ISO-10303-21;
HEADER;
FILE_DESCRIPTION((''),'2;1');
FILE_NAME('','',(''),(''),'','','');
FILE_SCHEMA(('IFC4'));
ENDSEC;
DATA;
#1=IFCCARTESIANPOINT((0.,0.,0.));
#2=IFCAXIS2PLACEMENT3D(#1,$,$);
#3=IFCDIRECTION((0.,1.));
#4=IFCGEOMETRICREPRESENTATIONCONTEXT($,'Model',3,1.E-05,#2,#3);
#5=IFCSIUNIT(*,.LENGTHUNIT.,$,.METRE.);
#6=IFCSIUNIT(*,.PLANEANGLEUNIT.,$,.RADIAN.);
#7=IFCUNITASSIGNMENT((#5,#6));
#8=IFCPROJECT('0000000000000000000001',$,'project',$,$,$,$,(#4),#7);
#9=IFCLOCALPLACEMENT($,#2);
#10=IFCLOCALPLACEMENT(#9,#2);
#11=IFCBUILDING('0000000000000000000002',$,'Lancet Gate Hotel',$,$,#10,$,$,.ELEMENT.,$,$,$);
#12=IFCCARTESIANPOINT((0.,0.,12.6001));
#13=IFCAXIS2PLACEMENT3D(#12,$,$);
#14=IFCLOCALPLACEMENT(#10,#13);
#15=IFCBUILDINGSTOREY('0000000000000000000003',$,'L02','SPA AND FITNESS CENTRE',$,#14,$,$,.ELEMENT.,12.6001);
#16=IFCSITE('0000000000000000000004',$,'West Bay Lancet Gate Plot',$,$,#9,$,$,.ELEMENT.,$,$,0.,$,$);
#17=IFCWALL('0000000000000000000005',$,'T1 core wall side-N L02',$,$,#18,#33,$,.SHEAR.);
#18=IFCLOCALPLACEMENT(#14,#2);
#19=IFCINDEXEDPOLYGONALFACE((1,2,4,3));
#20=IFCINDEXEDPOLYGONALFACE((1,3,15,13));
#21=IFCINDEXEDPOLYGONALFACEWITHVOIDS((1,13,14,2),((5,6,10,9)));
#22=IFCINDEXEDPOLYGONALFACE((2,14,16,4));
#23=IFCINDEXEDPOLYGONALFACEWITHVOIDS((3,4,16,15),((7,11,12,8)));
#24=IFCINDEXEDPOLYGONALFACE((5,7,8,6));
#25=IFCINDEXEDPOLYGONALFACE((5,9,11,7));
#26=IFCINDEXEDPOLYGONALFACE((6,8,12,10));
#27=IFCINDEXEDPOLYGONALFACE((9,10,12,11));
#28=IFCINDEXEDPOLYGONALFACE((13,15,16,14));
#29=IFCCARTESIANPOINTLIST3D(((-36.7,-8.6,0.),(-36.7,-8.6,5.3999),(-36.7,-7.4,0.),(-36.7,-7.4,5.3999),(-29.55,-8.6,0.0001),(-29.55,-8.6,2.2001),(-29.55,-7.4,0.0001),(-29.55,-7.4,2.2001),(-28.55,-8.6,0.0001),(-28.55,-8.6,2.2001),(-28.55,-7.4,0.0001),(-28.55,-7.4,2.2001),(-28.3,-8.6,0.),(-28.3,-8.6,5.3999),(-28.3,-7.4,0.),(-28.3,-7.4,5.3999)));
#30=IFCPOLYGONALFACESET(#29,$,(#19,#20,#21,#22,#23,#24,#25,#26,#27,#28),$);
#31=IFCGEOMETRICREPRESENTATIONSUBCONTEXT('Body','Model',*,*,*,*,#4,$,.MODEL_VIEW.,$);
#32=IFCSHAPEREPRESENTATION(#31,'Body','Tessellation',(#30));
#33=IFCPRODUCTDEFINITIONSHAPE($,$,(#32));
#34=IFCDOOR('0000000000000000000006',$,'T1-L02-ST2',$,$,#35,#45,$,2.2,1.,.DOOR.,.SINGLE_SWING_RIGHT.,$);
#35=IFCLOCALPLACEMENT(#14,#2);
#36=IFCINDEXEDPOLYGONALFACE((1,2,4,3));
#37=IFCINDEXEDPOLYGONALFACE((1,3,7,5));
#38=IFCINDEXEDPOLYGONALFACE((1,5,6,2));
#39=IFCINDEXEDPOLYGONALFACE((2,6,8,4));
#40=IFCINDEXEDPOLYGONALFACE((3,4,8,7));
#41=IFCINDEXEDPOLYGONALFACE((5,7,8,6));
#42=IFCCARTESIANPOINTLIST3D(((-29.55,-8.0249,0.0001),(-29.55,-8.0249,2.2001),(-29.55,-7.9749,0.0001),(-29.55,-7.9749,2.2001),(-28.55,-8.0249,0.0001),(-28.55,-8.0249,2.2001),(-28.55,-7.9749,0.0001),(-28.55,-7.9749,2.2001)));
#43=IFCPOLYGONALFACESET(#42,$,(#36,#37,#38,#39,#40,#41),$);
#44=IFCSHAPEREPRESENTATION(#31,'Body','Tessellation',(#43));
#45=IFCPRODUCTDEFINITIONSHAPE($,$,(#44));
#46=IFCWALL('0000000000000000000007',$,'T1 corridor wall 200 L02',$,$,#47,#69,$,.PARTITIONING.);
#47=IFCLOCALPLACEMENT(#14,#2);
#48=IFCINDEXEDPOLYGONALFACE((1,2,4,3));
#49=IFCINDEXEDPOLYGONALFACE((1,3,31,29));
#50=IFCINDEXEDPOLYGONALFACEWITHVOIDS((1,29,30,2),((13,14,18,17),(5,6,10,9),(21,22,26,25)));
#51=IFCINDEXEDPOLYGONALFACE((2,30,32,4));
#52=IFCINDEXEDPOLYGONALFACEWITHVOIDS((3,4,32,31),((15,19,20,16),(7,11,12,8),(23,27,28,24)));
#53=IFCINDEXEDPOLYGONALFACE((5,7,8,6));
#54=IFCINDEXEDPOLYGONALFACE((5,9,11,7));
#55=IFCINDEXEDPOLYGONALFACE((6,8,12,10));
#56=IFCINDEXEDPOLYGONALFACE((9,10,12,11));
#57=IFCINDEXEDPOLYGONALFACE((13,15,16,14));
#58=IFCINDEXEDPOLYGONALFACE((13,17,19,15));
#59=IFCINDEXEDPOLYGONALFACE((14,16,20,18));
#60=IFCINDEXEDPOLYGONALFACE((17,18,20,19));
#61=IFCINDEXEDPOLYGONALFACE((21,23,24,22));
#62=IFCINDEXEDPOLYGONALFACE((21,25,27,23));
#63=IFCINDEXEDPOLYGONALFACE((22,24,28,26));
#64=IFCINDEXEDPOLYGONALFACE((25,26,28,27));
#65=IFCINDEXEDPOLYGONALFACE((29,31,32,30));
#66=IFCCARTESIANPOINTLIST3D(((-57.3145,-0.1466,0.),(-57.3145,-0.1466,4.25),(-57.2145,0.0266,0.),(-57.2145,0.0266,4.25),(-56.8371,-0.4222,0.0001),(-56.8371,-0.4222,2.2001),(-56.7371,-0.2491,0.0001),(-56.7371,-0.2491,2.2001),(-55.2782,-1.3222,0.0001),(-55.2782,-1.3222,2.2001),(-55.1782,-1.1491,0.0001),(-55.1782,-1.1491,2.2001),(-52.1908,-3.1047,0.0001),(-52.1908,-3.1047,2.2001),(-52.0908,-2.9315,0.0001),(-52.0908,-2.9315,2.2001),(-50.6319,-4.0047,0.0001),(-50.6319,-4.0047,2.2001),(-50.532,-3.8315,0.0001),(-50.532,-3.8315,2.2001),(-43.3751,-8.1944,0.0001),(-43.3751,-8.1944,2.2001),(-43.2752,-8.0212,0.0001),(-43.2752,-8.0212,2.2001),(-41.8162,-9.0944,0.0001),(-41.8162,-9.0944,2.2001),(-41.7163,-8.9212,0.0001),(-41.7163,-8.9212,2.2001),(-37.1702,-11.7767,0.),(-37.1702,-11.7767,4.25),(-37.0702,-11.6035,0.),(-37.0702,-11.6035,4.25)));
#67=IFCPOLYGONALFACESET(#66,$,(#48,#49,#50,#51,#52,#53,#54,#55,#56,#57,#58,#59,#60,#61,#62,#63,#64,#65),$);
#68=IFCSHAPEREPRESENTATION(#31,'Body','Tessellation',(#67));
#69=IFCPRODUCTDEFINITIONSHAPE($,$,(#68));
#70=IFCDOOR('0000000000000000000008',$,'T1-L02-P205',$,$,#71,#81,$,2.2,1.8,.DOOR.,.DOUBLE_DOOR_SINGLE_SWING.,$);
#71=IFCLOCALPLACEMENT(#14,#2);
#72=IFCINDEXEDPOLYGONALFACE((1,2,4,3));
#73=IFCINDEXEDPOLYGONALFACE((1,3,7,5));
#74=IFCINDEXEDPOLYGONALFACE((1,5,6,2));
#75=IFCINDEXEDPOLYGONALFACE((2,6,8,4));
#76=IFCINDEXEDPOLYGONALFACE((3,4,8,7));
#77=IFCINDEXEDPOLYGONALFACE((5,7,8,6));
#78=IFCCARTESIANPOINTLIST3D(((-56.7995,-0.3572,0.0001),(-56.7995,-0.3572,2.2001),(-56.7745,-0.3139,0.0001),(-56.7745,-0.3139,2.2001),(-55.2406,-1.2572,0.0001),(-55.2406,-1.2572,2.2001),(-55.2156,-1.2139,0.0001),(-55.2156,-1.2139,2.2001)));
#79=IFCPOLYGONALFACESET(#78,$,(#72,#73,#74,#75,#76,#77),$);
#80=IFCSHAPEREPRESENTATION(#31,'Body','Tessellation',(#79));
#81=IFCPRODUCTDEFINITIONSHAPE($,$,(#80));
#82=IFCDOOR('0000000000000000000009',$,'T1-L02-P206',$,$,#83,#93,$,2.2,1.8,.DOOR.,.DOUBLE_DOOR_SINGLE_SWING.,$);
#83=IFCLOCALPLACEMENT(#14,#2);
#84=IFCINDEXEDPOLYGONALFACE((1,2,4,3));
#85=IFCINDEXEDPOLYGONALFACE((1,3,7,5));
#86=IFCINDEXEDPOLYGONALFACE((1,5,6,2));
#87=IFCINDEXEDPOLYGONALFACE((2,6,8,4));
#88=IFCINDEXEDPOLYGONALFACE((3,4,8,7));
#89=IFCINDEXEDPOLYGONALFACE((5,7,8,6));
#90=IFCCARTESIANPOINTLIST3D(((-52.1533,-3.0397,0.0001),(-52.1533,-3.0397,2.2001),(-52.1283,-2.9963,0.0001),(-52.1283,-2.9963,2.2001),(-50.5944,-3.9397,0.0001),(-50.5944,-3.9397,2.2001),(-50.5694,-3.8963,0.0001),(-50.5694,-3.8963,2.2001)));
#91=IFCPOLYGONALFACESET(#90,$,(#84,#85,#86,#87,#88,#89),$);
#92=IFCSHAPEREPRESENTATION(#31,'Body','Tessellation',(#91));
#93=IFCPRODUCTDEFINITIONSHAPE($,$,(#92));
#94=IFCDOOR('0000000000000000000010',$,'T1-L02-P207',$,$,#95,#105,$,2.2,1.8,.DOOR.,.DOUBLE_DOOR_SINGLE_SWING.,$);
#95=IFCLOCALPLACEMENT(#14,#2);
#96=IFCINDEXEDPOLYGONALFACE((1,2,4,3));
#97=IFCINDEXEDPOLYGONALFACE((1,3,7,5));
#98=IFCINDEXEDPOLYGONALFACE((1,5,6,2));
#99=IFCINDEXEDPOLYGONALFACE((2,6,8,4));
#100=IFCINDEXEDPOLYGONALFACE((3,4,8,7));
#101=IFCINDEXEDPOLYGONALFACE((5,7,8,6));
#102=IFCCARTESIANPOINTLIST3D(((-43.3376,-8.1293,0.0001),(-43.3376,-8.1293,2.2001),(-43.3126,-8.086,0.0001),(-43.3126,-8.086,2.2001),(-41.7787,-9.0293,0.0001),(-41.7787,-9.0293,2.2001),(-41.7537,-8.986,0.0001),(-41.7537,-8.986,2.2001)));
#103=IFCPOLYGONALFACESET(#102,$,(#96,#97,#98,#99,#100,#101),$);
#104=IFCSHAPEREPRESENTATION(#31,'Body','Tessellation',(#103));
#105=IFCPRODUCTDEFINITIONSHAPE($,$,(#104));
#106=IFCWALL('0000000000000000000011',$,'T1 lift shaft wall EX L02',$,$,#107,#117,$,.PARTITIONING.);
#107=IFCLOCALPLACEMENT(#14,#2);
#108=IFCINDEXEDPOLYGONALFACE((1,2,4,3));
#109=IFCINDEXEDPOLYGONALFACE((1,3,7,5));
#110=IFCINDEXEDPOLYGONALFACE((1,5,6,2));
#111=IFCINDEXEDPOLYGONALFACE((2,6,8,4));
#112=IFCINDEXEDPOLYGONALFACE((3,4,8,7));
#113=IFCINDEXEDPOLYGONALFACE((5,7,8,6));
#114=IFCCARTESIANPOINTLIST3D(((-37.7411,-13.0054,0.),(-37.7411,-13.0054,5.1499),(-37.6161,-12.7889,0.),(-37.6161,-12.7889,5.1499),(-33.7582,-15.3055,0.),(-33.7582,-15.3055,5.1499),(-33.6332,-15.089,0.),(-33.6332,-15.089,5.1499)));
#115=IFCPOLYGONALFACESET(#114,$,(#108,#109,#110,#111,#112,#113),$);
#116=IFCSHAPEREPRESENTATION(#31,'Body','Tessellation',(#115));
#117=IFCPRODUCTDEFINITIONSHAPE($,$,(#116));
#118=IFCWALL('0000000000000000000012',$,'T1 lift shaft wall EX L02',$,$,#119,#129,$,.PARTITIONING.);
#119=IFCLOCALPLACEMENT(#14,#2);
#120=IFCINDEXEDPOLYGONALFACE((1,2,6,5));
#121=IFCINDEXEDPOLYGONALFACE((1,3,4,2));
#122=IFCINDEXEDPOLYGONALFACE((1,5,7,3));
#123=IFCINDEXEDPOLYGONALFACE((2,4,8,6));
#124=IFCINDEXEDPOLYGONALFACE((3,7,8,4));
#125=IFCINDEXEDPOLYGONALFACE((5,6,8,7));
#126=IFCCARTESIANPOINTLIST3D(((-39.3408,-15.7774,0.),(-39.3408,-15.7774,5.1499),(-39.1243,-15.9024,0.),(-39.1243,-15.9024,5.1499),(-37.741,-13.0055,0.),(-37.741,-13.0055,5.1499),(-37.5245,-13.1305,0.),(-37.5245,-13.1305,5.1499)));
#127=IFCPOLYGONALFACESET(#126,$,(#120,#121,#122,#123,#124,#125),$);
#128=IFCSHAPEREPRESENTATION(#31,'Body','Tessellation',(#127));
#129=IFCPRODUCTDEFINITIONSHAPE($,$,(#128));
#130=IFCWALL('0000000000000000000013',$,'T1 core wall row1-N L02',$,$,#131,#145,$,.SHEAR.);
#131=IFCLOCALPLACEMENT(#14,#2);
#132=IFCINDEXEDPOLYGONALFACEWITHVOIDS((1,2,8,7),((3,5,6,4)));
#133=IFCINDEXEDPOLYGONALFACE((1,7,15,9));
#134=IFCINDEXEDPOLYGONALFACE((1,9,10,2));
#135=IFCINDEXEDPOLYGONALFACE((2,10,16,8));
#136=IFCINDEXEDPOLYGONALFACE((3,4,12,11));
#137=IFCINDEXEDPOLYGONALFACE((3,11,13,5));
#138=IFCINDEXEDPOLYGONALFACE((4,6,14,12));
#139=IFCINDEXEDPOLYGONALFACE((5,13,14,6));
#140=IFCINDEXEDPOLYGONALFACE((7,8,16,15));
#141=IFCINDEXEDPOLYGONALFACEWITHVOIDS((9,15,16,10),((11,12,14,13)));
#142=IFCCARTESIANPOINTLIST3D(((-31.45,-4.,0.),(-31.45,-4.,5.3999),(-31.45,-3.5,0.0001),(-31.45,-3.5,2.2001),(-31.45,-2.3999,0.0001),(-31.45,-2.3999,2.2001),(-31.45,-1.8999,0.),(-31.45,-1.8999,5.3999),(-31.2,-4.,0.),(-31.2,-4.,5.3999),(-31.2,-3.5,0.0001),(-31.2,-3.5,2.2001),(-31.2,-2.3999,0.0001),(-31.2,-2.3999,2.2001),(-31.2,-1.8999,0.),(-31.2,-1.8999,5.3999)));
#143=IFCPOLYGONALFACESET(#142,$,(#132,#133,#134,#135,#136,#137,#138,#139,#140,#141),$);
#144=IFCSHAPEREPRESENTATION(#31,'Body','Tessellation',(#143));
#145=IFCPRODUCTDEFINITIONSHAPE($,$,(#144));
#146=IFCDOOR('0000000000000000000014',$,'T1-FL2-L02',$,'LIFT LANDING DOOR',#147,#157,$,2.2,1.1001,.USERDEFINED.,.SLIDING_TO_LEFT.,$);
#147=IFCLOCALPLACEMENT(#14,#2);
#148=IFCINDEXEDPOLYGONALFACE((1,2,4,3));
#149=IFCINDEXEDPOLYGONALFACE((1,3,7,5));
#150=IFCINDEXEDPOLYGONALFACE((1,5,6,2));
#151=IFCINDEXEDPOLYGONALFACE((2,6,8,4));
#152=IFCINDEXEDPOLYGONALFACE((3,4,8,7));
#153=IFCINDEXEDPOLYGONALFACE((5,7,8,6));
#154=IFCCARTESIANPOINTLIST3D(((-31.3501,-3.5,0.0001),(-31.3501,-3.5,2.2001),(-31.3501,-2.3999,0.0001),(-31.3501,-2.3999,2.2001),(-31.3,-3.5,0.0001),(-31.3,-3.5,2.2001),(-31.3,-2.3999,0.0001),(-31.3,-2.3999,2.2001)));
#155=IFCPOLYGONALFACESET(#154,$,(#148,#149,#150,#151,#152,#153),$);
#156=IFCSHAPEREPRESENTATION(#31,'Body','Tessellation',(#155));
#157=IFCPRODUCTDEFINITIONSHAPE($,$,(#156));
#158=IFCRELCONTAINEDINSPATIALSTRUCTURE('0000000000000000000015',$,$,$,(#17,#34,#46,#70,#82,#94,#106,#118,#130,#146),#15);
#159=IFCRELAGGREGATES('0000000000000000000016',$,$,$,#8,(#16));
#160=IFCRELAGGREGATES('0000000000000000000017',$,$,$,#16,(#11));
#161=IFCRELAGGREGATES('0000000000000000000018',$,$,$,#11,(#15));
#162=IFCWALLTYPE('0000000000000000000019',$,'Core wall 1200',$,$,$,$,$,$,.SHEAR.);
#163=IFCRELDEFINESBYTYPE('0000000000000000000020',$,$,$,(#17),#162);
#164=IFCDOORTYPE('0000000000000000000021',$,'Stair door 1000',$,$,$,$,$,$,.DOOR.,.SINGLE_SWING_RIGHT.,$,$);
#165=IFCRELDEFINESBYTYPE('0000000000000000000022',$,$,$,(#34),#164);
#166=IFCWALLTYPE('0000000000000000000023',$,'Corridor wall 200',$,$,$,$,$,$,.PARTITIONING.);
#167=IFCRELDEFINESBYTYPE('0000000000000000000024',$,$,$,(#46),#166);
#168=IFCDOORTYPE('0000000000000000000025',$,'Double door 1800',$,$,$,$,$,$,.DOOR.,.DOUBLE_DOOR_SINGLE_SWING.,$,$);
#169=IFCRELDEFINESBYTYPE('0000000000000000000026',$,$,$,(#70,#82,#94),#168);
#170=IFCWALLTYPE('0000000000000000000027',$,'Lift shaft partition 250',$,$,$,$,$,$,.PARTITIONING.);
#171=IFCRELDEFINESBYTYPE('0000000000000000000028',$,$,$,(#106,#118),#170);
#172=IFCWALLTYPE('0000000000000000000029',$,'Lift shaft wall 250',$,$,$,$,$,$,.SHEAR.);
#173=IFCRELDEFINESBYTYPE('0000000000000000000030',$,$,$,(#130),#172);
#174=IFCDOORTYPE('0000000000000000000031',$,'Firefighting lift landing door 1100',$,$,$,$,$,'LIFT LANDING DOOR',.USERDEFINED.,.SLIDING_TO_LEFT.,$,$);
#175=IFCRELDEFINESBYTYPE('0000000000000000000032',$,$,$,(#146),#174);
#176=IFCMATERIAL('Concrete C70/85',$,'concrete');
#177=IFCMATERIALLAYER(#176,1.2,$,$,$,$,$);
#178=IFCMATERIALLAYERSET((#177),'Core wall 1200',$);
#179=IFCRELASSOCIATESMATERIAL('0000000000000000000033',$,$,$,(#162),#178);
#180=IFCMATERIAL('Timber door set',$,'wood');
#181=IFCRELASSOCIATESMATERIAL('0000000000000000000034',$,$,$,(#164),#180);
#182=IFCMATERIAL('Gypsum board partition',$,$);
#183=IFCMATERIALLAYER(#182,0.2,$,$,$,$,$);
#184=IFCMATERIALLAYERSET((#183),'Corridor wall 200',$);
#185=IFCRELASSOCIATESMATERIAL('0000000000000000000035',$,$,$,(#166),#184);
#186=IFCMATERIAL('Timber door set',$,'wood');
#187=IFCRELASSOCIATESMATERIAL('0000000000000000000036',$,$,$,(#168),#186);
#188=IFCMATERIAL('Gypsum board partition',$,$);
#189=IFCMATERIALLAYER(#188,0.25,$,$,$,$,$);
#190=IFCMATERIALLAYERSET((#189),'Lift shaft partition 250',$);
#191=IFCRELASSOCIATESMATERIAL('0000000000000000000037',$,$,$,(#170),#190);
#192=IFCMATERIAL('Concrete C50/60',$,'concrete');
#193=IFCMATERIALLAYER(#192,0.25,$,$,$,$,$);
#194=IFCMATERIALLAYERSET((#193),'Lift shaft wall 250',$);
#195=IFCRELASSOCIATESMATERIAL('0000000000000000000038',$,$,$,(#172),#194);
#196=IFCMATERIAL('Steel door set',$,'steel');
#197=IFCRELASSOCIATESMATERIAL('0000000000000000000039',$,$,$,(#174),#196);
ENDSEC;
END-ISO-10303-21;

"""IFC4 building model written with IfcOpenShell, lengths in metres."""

from ifc_helpers import new_model, si_unit, direction, frame, frame_2d, origin, place, context, subcontext, project, spatial, rectangle, extrude, material, layer, layer_set, type_object, element, fill, save


model = new_model("IFC4")

# Units and contexts
model_context = context("Model", 3, precision=1e-05, world=origin(), true_north=direction((0.0, 1.0)))
body_context = subcontext(model_context, "Body", "Model", "MODEL_VIEW")
ifc_project = project(units=[si_unit("LENGTHUNIT", "METRE"), si_unit("PLANEANGLEUNIT", "RADIAN")], contexts=[model_context])

# Site, building, storey
site_placement = place(None, origin())
site = spatial("IfcSite", under=ifc_project, at=site_placement, Name="West Bay Lancet Gate Plot", CompositionType="ELEMENT", RefElevation=0.0)
building_placement = place(site_placement, origin())
building = spatial("IfcBuilding", under=site, at=building_placement, Name="Lancet Gate Hotel", CompositionType="ELEMENT")
storey_placement = place(building_placement, frame((0.0, 0.0, 12.6001)))
storey = spatial("IfcBuildingStorey", under=building, at=storey_placement, Name="L02", Description="SPA AND FITNESS CENTRE", CompositionType="ELEMENT", Elevation=12.6001)

# Wall, opening, door
ifc_material_1 = material(Name="Concrete C70/85", Category="concrete")
ifc_layer_1 = layer(ifc_material_1, 1.2)
ifc_layer_set_1 = layer_set([ifc_layer_1], Name="Core wall 1200")
wall_type_1 = type_object("IfcWallType", Name="Core wall 1200", PredefinedType="SHEAR", material=ifc_layer_set_1)
wall_1_placement = place(storey_placement, frame((-28.3, -8.0, 0.0), z_axis=(0.0, 0.0, 1.0), x_axis=(-1.0, 0.0, 0.0)))
wall_1 = element("IfcWall", 1, at=wall_1_placement, inside=storey, type_object=wall_type_1, Name="T1 core wall side-N L02", PredefinedType="SHEAR", context=body_context, shape_type="SweptSolid", body=[
    extrude(rectangle(XDim=8.3999, YDim=1.2, at=frame_2d((4.2, 0.0))), origin(), (0.0, 0.0, 1.0), 5.3999),
])
opening_1_placement = place(wall_1_placement, frame((0.25, 0.0, 0.0)))
opening_1 = element("IfcOpeningElement", 2, at=opening_1_placement, cuts=wall_1, PredefinedType="OPENING", context=body_context, shape_type="SweptSolid", body=[
    extrude(rectangle(XDim=1.0, YDim=2.2, at=frame_2d((0.5, 1.1001))), frame((0.0, 0.6099, 0.0), z_axis=(0.0, -1.0, 0.0), x_axis=(1.0, 0.0, 0.0)), (0.0, 0.0, 1.0), 1.22),
])
ifc_material_2 = material(Name="Timber door set", Category="wood")
door_type_1 = type_object("IfcDoorType", Name="Stair door 1000", OperationType="SINGLE_SWING_RIGHT", PredefinedType="DOOR", material=ifc_material_2)
door_1_placement = place(opening_1_placement, origin())
door_1 = element("IfcDoor", 3, at=door_1_placement, inside=storey, type_object=door_type_1, Name="T1-L02-ST2", OperationType="SINGLE_SWING_RIGHT", OverallHeight=2.2, OverallWidth=1.0, PredefinedType="DOOR", context=body_context, shape_type="SweptSolid", body=[
    extrude(rectangle(XDim=1.0, YDim=2.2, at=frame_2d((0.5, 1.1001))), frame((0.0, 0.0249, 0.0), z_axis=(0.0, -1.0, 0.0), x_axis=(1.0, 0.0, 0.0)), (0.0, 0.0, 1.0), 0.05),
])
fill(opening_1, door_1)

# Wall, openings, doors
ifc_material_3 = material(Name="Gypsum board partition")
ifc_layer_2 = layer(ifc_material_3, 0.2)
ifc_layer_set_2 = layer_set([ifc_layer_2], Name="Corridor wall 200")
wall_type_2 = type_object("IfcWallType", Name="Corridor wall 200", PredefinedType="PARTITIONING", material=ifc_layer_set_2)
wall_2_placement = place(storey_placement, frame((-37.1201, -11.6902, 0.0), z_axis=(0.0, 0.0, 1.0), x_axis=(-0.866029, 0.499994, 0.0)))
wall_2 = element("IfcWall", 4, at=wall_2_placement, inside=storey, type_object=wall_type_2, Name="T1 corridor wall 200 L02", PredefinedType="PARTITIONING", context=body_context, shape_type="SweptSolid", body=[
    extrude(rectangle(XDim=23.2605, YDim=0.2, at=frame_2d((11.6304, 0.0))), origin(), (0.0, 0.0, 1.0), 4.25),
])
opening_2_placement = place(wall_2_placement, frame((20.9094, 0.0, 0.0)))
opening_2 = element("IfcOpeningElement", 5, at=opening_2_placement, cuts=wall_2, PredefinedType="OPENING", context=body_context, shape_type="SweptSolid", body=[
    extrude(rectangle(XDim=1.8, YDim=2.2, at=frame_2d((0.8999, 1.1001))), frame((0.0, 0.1099, 0.0), z_axis=(0.0, -1.0, 0.0), x_axis=(1.0, 0.0, 0.0)), (0.0, 0.0, 1.0), 0.22),
])
opening_3_placement = place(wall_2_placement, frame((15.5444, 0.0, 0.0)))
opening_3 = element("IfcOpeningElement", 6, at=opening_3_placement, cuts=wall_2, PredefinedType="OPENING", context=body_context, shape_type="SweptSolid", body=[
    extrude(rectangle(XDim=1.8, YDim=2.2, at=frame_2d((0.8999, 1.1001))), frame((0.0, 0.1099, 0.0), z_axis=(0.0, -1.0, 0.0), x_axis=(1.0, 0.0, 0.0)), (0.0, 0.0, 1.0), 0.22),
])
opening_4_placement = place(wall_2_placement, frame((5.365, 0.0, 0.0)))
opening_4 = element("IfcOpeningElement", 7, at=opening_4_placement, cuts=wall_2, PredefinedType="OPENING", context=body_context, shape_type="SweptSolid", body=[
    extrude(rectangle(XDim=1.8, YDim=2.2, at=frame_2d((0.8999, 1.1001))), frame((0.0, 0.1099, 0.0), z_axis=(0.0, -1.0, 0.0), x_axis=(1.0, 0.0, 0.0)), (0.0, 0.0, 1.0), 0.22),
])
ifc_material_4 = material(Name="Timber door set", Category="wood")
door_type_2 = type_object("IfcDoorType", Name="Double door 1800", OperationType="DOUBLE_DOOR_SINGLE_SWING", PredefinedType="DOOR", material=ifc_material_4)
door_2_placement = place(opening_2_placement, origin())
door_2 = element("IfcDoor", 8, at=door_2_placement, inside=storey, type_object=door_type_2, Name="T1-L02-P205", OperationType="DOUBLE_DOOR_SINGLE_SWING", OverallHeight=2.2, OverallWidth=1.8, PredefinedType="DOOR", context=body_context, shape_type="SweptSolid", body=[
    extrude(rectangle(XDim=1.8, YDim=2.2, at=frame_2d((0.8999, 1.1001))), frame((0.0, 0.0249, 0.0), z_axis=(0.0, -1.0, 0.0), x_axis=(1.0, 0.0, 0.0)), (0.0, 0.0, 1.0), 0.05),
])
fill(opening_2, door_2)
door_3_placement = place(opening_3_placement, origin())
door_3 = element("IfcDoor", 9, at=door_3_placement, inside=storey, type_object=door_type_2, Name="T1-L02-P206", OperationType="DOUBLE_DOOR_SINGLE_SWING", OverallHeight=2.2, OverallWidth=1.8, PredefinedType="DOOR", context=body_context, shape_type="SweptSolid", body=[
    extrude(rectangle(XDim=1.8, YDim=2.2, at=frame_2d((0.8999, 1.1001))), frame((0.0, 0.0249, 0.0), z_axis=(0.0, -1.0, 0.0), x_axis=(1.0, 0.0, 0.0)), (0.0, 0.0, 1.0), 0.05),
])
fill(opening_3, door_3)
door_4_placement = place(opening_4_placement, origin())
door_4 = element("IfcDoor", 10, at=door_4_placement, inside=storey, type_object=door_type_2, Name="T1-L02-P207", OperationType="DOUBLE_DOOR_SINGLE_SWING", OverallHeight=2.2, OverallWidth=1.8, PredefinedType="DOOR", context=body_context, shape_type="SweptSolid", body=[
    extrude(rectangle(XDim=1.8, YDim=2.2, at=frame_2d((0.8999, 1.1001))), frame((0.0, 0.0249, 0.0), z_axis=(0.0, -1.0, 0.0), x_axis=(1.0, 0.0, 0.0)), (0.0, 0.0, 1.0), 0.05),
])
fill(opening_4, door_4)

# Walls
ifc_material_5 = material(Name="Gypsum board partition")
ifc_layer_3 = layer(ifc_material_5, 0.25)
ifc_layer_set_3 = layer_set([ifc_layer_3], Name="Lift shaft partition 250")
wall_type_3 = type_object("IfcWallType", Name="Lift shaft partition 250", PredefinedType="PARTITIONING", material=ifc_layer_set_3)
wall_3_placement = place(storey_placement, frame((-33.6956, -15.1973, 0.0), z_axis=(0.0, 0.0, 1.0), x_axis=(-0.865977, 0.500084, 0.0)))
element("IfcWall", 11, at=wall_3_placement, inside=storey, type_object=wall_type_3, Name="T1 lift shaft wall EX L02", PredefinedType="PARTITIONING", context=body_context, shape_type="SweptSolid", body=[
    extrude(rectangle(XDim=4.5994, YDim=0.25, at=frame_2d((2.2998, 0.0))), origin(), (0.0, 0.0, 1.0), 5.1499),
])
wall_4_placement = place(storey_placement, frame((-37.6328, -13.0681, 0.0), z_axis=(0.0, 0.0, 1.0), x_axis=(-0.499872, -0.866099, 0.0)))
element("IfcWall", 12, at=wall_4_placement, inside=storey, type_object=wall_type_3, Name="T1 lift shaft wall EX L02", PredefinedType="PARTITIONING", context=body_context, shape_type="SweptSolid", body=[
    extrude(rectangle(XDim=3.2004, YDim=0.25, at=frame_2d((1.6001, 0.0))), origin(), (0.0, 0.0, 1.0), 5.1499),
])

# Wall, opening, door
ifc_material_6 = material(Name="Concrete C50/60", Category="concrete")
ifc_layer_4 = layer(ifc_material_6, 0.25)
ifc_layer_set_4 = layer_set([ifc_layer_4], Name="Lift shaft wall 250")
wall_type_4 = type_object("IfcWallType", Name="Lift shaft wall 250", PredefinedType="SHEAR", material=ifc_layer_set_4)
wall_5_placement = place(storey_placement, frame((-31.325, -1.8999, 0.0), z_axis=(0.0, 0.0, 1.0), x_axis=(0.0, -1.0, 0.0)))
wall_5 = element("IfcWall", 13, at=wall_5_placement, inside=storey, type_object=wall_type_4, Name="T1 core wall row1-N L02", PredefinedType="SHEAR", context=body_context, shape_type="SweptSolid", body=[
    extrude(rectangle(XDim=2.1001, YDim=0.25, at=frame_2d((1.05, 0.0))), origin(), (0.0, 0.0, 1.0), 5.3999),
])
opening_5_placement = place(wall_5_placement, frame((0.5, 0.0, 0.0)))
opening_5 = element("IfcOpeningElement", 14, at=opening_5_placement, cuts=wall_5, PredefinedType="OPENING", context=body_context, shape_type="SweptSolid", body=[
    extrude(rectangle(XDim=1.1001, YDim=2.2, at=frame_2d((0.55, 1.1001))), frame((0.0, 0.135, 0.0), z_axis=(0.0, -1.0, 0.0), x_axis=(1.0, 0.0, 0.0)), (0.0, 0.0, 1.0), 0.27),
])
ifc_material_7 = material(Name="Steel door set", Category="steel")
door_type_3 = type_object("IfcDoorType", Name="Firefighting lift landing door 1100", ElementType="LIFT LANDING DOOR", OperationType="SLIDING_TO_LEFT", PredefinedType="USERDEFINED", material=ifc_material_7)
door_5_placement = place(opening_5_placement, origin())
door_5 = element("IfcDoor", 15, at=door_5_placement, inside=storey, type_object=door_type_3, Name="T1-FL2-L02", ObjectType="LIFT LANDING DOOR", OperationType="SLIDING_TO_LEFT", OverallHeight=2.2, OverallWidth=1.1001, PredefinedType="USERDEFINED", context=body_context, shape_type="SweptSolid", body=[
    extrude(rectangle(XDim=1.1001, YDim=2.2, at=frame_2d((0.55, 1.1001))), frame((0.0, 0.0249, 0.0), z_axis=(0.0, -1.0, 0.0), x_axis=(1.0, 0.0, 0.0)), (0.0, 0.0, 1.0), 0.05),
])
fill(opening_5, door_5)

save(model, "model.ifc")
